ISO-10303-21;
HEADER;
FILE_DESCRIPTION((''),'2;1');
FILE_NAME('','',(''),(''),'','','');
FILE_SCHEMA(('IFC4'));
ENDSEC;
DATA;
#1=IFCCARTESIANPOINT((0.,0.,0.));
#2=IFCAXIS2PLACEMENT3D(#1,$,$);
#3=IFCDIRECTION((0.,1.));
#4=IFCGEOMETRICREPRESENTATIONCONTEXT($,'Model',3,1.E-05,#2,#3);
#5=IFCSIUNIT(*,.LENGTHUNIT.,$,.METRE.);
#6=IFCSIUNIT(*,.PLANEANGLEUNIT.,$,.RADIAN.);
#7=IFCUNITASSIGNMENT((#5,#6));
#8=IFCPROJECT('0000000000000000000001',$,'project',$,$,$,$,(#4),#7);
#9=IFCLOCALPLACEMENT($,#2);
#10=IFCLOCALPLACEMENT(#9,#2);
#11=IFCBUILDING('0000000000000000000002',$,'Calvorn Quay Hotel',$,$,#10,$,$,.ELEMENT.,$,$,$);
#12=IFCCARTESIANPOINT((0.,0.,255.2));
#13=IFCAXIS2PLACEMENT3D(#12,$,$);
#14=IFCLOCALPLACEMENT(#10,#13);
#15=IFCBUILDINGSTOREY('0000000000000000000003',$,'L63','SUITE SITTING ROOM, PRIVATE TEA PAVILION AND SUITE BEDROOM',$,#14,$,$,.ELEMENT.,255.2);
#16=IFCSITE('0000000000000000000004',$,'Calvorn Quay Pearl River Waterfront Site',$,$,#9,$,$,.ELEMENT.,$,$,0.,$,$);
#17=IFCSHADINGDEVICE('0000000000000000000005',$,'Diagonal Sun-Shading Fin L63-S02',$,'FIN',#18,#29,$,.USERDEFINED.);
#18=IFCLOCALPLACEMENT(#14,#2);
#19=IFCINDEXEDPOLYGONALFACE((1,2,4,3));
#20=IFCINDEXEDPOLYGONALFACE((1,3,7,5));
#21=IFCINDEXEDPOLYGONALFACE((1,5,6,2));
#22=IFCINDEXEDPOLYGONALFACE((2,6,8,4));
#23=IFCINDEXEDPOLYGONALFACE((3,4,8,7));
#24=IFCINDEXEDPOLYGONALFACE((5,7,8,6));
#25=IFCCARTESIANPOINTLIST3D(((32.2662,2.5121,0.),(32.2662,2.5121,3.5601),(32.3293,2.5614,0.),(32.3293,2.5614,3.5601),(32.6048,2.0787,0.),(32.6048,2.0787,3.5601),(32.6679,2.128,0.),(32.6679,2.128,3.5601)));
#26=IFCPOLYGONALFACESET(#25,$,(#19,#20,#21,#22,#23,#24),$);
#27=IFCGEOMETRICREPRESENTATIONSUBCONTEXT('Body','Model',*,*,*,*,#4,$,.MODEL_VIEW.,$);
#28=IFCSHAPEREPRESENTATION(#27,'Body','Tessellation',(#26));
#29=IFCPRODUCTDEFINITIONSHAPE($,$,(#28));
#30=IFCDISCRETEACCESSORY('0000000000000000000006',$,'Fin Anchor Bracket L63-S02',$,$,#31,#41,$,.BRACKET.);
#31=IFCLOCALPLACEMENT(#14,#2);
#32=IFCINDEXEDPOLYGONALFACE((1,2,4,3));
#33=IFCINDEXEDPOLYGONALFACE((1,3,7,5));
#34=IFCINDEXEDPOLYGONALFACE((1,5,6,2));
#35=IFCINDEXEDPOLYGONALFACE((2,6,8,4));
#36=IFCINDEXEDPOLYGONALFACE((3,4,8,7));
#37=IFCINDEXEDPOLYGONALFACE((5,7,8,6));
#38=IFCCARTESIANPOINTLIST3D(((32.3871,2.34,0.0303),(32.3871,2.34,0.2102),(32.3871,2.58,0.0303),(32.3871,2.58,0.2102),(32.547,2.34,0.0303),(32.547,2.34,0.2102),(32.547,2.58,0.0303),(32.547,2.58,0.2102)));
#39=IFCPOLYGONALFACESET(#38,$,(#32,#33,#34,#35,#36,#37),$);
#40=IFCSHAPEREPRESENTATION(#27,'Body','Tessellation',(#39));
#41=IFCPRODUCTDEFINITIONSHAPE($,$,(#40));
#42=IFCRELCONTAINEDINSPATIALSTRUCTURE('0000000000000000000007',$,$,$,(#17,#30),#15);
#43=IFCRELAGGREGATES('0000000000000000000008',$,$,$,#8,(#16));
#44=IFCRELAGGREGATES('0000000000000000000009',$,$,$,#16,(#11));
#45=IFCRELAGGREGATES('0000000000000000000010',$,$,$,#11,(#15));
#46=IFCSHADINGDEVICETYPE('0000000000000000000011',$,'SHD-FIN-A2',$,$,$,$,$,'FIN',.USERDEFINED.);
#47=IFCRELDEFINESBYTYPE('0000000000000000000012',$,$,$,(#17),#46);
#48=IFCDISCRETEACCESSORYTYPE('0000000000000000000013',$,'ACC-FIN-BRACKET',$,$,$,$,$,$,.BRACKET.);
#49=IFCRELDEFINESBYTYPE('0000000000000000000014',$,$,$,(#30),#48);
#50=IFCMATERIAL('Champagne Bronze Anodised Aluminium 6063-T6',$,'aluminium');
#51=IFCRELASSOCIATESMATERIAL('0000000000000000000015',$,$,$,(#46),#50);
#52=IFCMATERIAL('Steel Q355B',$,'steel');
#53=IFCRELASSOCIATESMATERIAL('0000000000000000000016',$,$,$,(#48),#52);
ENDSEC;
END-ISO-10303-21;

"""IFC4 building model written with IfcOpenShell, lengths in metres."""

from ifc_helpers import new_model, si_unit, direction, frame, origin, origin_2d, place, context, subcontext, project, spatial, rectangle, extrude, material, type_object, element, save


model = new_model("IFC4")

# Units and contexts
model_context = context("Model", 3, precision=1e-05, world=origin(), true_north=direction((0.0, 1.0)))
body_context = subcontext(model_context, "Body", "Model", "MODEL_VIEW")
ifc_project = project(units=[si_unit("LENGTHUNIT", "METRE"), si_unit("PLANEANGLEUNIT", "RADIAN")], contexts=[model_context])

# Site, building, storey
site_placement = place(None, origin())
site = spatial("IfcSite", under=ifc_project, at=site_placement, Name="Calvorn Quay Pearl River Waterfront Site", CompositionType="ELEMENT", RefElevation=0.0)
building_placement = place(site_placement, origin())
building = spatial("IfcBuilding", under=site, at=building_placement, Name="Calvorn Quay Hotel", CompositionType="ELEMENT")
storey_placement = place(building_placement, frame((0.0, 0.0, 255.2)))
storey = spatial("IfcBuildingStorey", under=building, at=storey_placement, Name="L63", Description="SUITE SITTING ROOM, PRIVATE TEA PAVILION AND SUITE BEDROOM", CompositionType="ELEMENT", Elevation=255.2)

# Shading device
ifc_material_1 = material(Name="Champagne Bronze Anodised Aluminium 6063-T6", Category="aluminium")
shading_device_type = type_object("IfcShadingDeviceType", Name="SHD-FIN-A2", ElementType="FIN", PredefinedType="USERDEFINED", material=ifc_material_1)
shading_device_placement = place(storey_placement, frame((32.467, 2.3201, 0.0), z_axis=(0.0, 0.0, 1.0), x_axis=(-0.615661, 0.788011, 0.0)))
element("IfcShadingDevice", 1, at=shading_device_placement, inside=storey, type_object=shading_device_type, Name="Diagonal Sun-Shading Fin L63-S02", ObjectType="FIN", PredefinedType="USERDEFINED", context=body_context, shape_type="SweptSolid", body=[
    extrude(rectangle(XDim=0.55, YDim=0.0801, at=origin_2d()), origin(), (0.0, 0.0, 1.0), 3.5601),
])

# Discrete accessory
ifc_material_2 = material(Name="Steel Q355B", Category="steel")
discrete_accessory_type = type_object("IfcDiscreteAccessoryType", Name="ACC-FIN-BRACKET", PredefinedType="BRACKET", material=ifc_material_2)
discrete_accessory_placement = place(storey_placement, frame((32.467, 2.46, 0.0303), z_axis=(0.0, 0.0, 1.0), x_axis=(0.0, 1.0, 0.0)))
element("IfcDiscreteAccessory", 2, at=discrete_accessory_placement, inside=storey, type_object=discrete_accessory_type, Name="Fin Anchor Bracket L63-S02", PredefinedType="BRACKET", context=body_context, shape_type="SweptSolid", body=[
    extrude(rectangle(XDim=0.24, YDim=0.1599, at=origin_2d()), origin(), (0.0, 0.0, 1.0), 0.1799),
])

save(model, "model.ifc")
